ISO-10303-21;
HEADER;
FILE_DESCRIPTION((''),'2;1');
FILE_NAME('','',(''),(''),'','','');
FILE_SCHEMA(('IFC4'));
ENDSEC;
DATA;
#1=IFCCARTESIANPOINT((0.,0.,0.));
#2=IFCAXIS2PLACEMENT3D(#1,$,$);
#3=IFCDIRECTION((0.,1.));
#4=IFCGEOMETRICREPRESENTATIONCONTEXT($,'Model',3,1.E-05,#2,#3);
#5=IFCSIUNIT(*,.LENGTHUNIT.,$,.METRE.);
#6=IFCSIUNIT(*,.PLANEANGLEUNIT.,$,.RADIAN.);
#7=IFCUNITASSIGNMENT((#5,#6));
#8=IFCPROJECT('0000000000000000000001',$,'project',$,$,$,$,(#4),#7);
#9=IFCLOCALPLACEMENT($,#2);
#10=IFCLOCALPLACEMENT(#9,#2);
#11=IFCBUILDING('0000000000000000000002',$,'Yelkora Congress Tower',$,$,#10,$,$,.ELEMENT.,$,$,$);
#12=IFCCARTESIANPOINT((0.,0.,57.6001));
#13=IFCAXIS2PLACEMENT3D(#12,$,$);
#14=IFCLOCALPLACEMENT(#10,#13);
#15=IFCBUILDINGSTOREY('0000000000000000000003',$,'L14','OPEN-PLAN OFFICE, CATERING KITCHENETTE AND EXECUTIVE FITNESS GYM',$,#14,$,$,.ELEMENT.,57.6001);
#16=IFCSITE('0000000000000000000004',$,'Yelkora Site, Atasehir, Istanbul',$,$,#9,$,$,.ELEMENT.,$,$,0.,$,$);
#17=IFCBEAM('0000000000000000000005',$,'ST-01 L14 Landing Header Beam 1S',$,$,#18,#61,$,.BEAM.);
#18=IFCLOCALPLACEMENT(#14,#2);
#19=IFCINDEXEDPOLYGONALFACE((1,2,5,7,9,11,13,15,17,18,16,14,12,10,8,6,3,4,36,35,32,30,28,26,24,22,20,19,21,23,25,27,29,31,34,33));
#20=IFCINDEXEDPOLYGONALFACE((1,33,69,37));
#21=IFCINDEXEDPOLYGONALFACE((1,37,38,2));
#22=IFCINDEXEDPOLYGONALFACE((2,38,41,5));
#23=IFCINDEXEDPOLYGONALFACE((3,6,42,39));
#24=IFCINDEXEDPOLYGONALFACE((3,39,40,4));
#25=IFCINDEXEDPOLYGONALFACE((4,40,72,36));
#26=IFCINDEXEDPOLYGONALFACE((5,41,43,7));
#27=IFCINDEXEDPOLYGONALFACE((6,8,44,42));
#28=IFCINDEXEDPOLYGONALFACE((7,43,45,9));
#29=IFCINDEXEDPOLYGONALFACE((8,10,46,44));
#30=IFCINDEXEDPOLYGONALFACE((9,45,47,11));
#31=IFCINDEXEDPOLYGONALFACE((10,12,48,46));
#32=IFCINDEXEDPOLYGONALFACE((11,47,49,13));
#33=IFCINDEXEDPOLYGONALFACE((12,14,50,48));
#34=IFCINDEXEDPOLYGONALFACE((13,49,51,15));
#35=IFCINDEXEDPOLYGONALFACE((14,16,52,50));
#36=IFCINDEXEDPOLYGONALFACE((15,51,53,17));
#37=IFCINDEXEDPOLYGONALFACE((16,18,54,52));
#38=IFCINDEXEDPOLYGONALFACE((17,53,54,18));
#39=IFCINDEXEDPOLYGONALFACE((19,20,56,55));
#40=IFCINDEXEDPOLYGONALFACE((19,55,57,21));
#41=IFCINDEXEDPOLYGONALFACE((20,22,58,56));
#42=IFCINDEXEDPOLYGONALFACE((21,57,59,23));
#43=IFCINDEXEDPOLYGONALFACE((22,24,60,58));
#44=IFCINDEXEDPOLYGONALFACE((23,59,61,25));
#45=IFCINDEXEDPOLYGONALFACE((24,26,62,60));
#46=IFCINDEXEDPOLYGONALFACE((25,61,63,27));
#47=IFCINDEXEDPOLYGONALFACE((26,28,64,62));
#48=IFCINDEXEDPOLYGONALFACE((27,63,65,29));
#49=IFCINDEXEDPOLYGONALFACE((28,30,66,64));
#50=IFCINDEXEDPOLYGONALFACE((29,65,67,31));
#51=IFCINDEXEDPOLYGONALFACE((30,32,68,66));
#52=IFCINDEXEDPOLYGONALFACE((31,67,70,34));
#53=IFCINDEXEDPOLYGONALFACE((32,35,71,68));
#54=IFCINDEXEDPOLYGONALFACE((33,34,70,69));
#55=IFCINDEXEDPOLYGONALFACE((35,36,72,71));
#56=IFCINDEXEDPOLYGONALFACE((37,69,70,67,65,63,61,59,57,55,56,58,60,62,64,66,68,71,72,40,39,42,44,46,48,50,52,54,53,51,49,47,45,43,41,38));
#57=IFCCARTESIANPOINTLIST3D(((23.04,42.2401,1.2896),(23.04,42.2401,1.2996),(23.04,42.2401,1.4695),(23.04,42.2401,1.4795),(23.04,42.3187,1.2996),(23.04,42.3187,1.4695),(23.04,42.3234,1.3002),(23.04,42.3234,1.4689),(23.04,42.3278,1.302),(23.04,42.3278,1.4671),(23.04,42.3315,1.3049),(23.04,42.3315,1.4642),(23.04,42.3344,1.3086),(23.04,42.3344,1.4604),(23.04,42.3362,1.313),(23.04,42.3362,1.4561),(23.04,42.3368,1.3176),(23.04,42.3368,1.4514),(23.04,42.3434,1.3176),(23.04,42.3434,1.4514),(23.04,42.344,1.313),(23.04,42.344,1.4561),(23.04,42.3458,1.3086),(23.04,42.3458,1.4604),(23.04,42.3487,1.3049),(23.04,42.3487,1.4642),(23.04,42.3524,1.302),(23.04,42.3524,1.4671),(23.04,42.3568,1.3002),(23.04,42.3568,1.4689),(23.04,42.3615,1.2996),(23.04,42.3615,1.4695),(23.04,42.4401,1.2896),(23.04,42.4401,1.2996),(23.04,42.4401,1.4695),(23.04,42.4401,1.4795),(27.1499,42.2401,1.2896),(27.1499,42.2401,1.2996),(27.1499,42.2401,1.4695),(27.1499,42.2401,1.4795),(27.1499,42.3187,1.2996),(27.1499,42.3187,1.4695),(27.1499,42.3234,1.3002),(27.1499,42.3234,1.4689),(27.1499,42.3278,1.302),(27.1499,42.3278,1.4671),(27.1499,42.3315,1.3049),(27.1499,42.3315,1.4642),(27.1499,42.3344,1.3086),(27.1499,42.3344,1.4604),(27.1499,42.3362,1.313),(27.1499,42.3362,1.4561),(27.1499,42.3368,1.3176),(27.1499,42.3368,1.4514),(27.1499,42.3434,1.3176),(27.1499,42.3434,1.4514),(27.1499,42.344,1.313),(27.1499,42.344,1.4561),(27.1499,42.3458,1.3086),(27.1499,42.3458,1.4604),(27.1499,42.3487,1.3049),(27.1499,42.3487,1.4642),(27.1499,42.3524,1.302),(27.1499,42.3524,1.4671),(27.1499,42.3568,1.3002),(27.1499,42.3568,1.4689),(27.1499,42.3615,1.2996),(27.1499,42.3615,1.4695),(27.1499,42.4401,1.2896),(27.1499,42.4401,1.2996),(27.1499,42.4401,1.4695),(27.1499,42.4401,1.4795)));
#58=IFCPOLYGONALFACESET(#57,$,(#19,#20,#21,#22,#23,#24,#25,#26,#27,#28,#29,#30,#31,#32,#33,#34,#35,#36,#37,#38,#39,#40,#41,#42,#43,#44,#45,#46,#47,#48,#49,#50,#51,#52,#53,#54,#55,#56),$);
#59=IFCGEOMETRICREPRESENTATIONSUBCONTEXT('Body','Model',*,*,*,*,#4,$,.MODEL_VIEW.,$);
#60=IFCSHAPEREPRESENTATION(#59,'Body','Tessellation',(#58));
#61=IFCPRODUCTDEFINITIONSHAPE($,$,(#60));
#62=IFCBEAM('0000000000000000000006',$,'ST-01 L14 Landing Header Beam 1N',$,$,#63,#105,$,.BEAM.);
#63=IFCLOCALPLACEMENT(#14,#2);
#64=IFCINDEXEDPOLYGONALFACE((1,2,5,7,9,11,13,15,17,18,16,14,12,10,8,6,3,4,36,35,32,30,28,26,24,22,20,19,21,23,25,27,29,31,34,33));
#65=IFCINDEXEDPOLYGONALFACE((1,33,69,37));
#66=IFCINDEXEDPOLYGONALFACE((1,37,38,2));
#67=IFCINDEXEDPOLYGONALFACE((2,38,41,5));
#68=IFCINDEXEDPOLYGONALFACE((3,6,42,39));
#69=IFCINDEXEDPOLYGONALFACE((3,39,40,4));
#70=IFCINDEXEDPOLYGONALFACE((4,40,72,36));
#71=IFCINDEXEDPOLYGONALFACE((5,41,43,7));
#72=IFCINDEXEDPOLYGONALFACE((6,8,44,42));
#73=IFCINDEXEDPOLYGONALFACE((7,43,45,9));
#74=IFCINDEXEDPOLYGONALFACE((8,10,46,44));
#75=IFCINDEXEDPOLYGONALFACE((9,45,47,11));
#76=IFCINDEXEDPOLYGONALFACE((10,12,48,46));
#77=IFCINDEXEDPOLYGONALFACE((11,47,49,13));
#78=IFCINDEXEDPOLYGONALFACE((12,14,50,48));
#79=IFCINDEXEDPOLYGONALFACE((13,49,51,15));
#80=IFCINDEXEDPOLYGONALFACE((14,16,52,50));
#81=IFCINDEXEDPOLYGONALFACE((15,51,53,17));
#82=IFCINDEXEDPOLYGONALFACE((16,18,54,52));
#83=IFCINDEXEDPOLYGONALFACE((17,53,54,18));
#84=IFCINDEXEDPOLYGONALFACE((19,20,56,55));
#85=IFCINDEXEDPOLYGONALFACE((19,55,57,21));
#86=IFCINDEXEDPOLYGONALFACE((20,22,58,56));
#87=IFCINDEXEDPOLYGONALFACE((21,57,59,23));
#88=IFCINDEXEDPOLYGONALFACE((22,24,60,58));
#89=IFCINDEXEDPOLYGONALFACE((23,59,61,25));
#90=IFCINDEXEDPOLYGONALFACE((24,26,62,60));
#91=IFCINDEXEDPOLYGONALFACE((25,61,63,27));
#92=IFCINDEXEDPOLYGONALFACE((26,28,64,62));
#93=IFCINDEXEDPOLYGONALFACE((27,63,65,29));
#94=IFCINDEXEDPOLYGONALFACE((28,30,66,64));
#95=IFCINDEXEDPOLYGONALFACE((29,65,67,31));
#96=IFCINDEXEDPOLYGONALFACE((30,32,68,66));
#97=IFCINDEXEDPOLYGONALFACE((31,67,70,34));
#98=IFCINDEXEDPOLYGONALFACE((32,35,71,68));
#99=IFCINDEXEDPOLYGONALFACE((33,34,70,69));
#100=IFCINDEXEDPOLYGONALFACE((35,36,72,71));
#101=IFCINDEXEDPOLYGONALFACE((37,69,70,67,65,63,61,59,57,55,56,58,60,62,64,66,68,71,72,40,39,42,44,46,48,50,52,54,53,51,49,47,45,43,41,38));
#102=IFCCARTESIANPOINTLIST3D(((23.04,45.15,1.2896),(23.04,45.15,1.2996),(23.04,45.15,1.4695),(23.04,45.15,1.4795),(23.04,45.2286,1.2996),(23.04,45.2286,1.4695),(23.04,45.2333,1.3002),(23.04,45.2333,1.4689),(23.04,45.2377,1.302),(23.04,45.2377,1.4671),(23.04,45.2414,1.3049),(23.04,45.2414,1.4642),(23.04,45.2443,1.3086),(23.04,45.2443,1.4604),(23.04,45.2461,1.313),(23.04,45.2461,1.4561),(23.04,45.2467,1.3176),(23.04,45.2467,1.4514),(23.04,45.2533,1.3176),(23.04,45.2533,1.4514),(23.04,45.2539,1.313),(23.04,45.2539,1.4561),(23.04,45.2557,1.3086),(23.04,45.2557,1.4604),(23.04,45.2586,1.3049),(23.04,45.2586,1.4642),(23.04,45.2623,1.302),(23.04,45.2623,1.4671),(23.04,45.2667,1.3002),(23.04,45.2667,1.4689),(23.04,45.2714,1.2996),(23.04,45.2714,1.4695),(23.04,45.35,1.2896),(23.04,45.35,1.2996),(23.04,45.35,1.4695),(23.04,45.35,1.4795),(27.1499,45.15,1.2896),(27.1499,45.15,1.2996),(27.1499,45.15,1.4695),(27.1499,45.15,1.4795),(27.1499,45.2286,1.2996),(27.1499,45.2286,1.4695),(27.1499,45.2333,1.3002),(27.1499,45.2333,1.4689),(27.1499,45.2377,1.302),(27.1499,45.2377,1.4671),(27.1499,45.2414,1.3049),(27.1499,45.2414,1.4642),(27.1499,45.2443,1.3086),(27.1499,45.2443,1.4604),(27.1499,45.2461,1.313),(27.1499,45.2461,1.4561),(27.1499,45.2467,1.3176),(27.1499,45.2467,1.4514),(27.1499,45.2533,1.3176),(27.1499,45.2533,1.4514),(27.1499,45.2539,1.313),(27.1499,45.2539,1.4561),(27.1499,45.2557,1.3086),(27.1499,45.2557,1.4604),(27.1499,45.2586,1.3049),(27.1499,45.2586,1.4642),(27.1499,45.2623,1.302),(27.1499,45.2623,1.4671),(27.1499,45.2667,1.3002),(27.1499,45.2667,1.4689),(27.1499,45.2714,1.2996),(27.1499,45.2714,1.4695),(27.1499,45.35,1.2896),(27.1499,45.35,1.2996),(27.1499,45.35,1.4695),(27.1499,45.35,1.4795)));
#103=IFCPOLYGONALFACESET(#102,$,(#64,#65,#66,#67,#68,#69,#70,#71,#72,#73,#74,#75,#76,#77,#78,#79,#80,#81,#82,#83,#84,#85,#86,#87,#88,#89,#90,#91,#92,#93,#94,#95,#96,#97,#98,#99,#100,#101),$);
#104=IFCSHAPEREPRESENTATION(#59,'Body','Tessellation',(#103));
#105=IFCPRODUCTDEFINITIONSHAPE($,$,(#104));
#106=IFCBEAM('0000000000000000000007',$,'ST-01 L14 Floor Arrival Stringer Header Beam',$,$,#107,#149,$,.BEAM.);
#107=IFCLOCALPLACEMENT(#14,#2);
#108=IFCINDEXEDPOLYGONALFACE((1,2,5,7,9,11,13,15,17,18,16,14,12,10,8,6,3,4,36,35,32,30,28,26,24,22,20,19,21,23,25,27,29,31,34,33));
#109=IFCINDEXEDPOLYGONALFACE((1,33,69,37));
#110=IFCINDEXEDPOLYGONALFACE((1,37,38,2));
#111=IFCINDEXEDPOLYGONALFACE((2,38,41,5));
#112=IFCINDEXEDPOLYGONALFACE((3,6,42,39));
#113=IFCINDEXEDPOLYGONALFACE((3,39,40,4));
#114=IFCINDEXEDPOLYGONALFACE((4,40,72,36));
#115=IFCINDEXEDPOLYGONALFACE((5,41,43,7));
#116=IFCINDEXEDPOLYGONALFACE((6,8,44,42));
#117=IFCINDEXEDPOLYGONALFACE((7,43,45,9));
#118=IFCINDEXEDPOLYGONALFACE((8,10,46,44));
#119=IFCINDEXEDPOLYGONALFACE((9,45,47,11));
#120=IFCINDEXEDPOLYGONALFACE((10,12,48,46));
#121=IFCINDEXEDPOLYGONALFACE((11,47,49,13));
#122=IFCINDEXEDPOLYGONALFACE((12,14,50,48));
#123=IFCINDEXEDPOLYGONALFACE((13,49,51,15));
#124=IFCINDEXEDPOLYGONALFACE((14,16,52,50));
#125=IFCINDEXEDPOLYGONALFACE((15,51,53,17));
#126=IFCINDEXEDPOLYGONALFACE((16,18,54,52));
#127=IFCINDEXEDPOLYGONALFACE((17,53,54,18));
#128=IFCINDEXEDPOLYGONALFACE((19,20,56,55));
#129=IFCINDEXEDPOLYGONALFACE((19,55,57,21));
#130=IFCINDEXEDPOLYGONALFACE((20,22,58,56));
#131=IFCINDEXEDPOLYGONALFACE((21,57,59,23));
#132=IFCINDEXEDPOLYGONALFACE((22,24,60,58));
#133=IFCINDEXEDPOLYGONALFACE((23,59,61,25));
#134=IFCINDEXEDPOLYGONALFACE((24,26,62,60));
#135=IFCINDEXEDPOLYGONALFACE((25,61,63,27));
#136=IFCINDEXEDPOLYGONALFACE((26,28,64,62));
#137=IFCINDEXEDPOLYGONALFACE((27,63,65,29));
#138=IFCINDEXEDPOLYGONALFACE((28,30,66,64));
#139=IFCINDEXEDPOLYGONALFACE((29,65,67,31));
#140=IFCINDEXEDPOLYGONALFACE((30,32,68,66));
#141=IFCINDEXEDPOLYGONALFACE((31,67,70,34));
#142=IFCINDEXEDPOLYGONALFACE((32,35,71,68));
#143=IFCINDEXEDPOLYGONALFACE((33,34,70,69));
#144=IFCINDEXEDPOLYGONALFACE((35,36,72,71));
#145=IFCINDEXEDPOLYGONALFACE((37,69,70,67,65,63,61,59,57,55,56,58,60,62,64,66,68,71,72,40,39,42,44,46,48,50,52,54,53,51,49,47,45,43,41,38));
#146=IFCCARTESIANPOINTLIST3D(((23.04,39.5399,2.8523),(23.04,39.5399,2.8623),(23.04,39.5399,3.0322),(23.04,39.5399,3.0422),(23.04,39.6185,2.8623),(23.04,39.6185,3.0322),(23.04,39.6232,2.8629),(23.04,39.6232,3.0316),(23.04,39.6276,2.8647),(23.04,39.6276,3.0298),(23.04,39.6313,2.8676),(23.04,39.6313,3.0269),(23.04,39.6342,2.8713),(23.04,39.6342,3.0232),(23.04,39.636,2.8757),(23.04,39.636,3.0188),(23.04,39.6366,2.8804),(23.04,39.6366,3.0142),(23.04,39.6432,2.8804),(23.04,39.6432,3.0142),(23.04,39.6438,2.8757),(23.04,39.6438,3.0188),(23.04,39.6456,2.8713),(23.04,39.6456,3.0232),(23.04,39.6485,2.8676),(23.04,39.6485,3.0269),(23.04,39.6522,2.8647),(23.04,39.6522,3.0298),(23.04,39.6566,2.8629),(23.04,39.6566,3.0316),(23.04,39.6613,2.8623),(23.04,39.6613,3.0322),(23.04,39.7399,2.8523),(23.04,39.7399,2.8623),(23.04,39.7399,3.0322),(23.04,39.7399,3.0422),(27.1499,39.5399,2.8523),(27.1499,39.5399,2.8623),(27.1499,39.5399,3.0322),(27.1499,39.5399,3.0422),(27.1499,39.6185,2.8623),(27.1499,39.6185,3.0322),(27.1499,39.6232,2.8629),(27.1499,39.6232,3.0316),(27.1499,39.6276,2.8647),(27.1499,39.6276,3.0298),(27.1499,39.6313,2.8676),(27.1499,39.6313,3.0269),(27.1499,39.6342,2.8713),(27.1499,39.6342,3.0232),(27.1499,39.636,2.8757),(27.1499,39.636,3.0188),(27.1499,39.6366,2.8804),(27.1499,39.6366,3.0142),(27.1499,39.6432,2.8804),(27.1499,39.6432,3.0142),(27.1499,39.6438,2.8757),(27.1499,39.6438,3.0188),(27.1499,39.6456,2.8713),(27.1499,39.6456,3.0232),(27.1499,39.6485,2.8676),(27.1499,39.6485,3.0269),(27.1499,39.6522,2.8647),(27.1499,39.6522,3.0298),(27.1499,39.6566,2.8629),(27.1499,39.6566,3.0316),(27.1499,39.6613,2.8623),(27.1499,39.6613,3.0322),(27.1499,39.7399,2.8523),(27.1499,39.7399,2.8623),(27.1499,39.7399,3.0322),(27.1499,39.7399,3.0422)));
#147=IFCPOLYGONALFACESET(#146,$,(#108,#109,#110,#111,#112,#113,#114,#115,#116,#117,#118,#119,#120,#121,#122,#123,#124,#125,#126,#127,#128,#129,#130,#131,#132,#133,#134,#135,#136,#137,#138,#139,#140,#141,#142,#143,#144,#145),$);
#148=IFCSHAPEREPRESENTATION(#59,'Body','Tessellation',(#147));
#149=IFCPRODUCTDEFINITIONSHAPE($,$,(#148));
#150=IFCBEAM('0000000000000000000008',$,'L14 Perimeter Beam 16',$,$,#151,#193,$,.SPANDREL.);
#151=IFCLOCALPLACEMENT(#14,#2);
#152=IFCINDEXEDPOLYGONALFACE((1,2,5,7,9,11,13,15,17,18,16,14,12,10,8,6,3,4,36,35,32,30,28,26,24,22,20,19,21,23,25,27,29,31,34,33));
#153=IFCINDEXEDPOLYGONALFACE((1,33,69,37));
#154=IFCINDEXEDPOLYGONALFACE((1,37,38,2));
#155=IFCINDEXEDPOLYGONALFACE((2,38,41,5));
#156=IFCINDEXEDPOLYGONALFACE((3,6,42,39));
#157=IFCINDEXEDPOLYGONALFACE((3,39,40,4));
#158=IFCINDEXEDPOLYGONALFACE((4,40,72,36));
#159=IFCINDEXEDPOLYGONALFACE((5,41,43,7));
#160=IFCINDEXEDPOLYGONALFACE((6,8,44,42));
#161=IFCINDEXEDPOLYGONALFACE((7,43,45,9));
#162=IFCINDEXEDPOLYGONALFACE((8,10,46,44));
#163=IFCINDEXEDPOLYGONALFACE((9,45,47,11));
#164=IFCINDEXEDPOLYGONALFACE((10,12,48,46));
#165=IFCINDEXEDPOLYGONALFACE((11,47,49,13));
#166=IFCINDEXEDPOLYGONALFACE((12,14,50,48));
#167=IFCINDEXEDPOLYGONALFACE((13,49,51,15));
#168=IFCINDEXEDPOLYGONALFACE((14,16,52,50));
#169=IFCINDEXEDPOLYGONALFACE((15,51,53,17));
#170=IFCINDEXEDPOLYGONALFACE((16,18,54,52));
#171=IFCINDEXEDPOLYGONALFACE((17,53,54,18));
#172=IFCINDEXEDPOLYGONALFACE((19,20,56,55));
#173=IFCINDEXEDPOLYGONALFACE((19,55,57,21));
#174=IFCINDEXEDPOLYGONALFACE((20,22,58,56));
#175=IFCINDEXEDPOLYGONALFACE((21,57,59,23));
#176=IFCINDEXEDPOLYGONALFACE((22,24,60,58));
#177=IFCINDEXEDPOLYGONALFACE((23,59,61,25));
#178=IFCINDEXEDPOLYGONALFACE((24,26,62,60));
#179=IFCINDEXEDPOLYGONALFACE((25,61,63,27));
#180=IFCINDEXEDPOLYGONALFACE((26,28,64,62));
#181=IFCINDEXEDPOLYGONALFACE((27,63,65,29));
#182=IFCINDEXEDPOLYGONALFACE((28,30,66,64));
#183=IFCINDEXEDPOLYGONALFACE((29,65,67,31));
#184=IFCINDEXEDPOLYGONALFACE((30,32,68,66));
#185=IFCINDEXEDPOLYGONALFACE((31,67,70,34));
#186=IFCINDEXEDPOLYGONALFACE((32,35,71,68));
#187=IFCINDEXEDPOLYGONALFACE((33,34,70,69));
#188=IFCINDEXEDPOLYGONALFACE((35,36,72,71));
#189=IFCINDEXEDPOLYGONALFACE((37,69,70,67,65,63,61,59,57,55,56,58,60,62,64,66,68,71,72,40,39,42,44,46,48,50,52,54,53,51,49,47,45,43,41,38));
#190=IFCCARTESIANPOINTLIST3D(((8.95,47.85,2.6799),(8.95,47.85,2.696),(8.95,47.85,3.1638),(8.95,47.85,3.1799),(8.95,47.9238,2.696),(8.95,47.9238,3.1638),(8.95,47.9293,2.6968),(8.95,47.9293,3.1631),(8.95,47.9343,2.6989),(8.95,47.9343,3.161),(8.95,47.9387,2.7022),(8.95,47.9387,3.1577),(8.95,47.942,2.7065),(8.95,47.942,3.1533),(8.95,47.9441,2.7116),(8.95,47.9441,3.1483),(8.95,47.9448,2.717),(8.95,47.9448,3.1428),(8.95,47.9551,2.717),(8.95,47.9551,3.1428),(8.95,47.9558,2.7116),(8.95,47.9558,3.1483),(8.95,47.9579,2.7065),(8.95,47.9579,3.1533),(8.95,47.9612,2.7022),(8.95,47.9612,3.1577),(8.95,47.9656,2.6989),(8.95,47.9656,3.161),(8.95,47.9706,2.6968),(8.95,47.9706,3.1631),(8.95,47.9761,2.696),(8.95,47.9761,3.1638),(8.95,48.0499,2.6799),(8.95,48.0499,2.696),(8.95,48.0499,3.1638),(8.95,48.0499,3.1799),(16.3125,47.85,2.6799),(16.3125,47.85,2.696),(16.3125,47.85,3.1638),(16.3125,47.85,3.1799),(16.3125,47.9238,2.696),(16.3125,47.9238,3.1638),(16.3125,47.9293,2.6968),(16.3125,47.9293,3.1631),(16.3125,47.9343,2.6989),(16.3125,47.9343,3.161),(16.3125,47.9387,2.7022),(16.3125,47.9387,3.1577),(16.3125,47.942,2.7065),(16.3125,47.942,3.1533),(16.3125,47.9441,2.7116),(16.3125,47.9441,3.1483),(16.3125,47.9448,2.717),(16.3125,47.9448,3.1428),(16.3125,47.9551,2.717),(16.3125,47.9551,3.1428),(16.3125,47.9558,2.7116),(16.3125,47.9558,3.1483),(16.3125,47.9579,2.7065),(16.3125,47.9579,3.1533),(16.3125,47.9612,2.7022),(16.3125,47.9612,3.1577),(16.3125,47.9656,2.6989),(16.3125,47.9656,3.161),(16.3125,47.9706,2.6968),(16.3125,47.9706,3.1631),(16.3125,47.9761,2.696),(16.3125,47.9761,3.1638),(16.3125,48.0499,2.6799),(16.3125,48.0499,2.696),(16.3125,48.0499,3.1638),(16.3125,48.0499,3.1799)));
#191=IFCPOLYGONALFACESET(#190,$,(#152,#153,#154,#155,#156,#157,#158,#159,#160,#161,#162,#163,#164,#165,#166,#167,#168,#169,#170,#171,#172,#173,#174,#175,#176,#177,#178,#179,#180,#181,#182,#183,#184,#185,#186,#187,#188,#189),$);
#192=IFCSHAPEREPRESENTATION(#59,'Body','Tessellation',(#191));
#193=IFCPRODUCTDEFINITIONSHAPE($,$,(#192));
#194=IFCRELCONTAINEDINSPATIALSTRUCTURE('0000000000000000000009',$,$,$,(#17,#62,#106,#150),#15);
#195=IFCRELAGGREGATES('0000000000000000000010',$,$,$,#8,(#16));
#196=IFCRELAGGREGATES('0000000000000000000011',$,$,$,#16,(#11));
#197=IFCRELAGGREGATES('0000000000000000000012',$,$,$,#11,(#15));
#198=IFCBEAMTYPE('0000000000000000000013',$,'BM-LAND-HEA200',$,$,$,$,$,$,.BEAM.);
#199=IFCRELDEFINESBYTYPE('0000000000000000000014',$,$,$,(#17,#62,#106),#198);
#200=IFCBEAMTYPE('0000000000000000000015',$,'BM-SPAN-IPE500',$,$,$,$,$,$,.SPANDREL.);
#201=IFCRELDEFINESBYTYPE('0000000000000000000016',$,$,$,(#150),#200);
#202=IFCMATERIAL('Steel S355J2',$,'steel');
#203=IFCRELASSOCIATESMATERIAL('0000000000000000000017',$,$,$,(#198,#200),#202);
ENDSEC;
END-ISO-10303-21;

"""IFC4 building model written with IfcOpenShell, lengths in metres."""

from ifc_helpers import new_model, si_unit, direction, frame, origin, origin_2d, place, context, subcontext, project, spatial, i_section, extrude, material, material_profile, profile_set, type_object, element, save


model = new_model("IFC4")

# Units and contexts
model_context = context("Model", 3, precision=1e-05, world=origin(), true_north=direction((0.0, 1.0)))
body_context = subcontext(model_context, "Body", "Model", "MODEL_VIEW")
ifc_project = project(units=[si_unit("LENGTHUNIT", "METRE"), si_unit("PLANEANGLEUNIT", "RADIAN")], contexts=[model_context])

# Site, building, storey
site_placement = place(None, origin())
site = spatial("IfcSite", under=ifc_project, at=site_placement, Name="Yelkora Site, Atasehir, Istanbul", CompositionType="ELEMENT", RefElevation=0.0)
building_placement = place(site_placement, origin())
building = spatial("IfcBuilding", under=site, at=building_placement, Name="Yelkora Congress Tower", CompositionType="ELEMENT")
storey_placement = place(building_placement, frame((0.0, 0.0, 57.6001)))
storey = spatial("IfcBuildingStorey", under=building, at=storey_placement, Name="L14", Description="OPEN-PLAN OFFICE, CATERING KITCHENETTE AND EXECUTIVE FITNESS GYM", CompositionType="ELEMENT", Elevation=57.6001)

# Beams
ifc_material_1 = material(Name="Steel S355J2", Category="steel")
ifc_material_profile_1 = material_profile(ifc_material_1, i_section(OverallWidth=0.2, OverallDepth=0.1899, WebThickness=0.0066, FlangeThickness=0.01, FilletRadius=0.0181, at=origin_2d()), Name="HEA 200")
ifc_profile_set_1 = profile_set([ifc_material_profile_1], Name="Steel S355J2")
beam_type_1 = type_object("IfcBeamType", Name="BM-LAND-HEA200", PredefinedType="BEAM", material=ifc_profile_set_1)
for number, where, z_axis, x_axis, name in (
    (1, (23.04, 42.3401, 1.3845), (1.0, 0.0, 0.0), (0.0, 1.0, 0.0), "ST-01 L14 Landing Header Beam 1S"),
    (2, (23.04, 45.25, 1.3845), (1.0, 0.0, 0.0), (0.0, 1.0, 0.0), "ST-01 L14 Landing Header Beam 1N"),
    (3, (23.04, 39.6399, 2.9473), (1.0, 0.0, 0.0), (0.0, 1.0, 0.0), "ST-01 L14 Floor Arrival Stringer Header Beam"),
):
    element("IfcBeam", number, at=place(storey_placement, frame(where, z_axis=z_axis, x_axis=x_axis)), inside=storey, type_object=beam_type_1, Name=name, PredefinedType="BEAM", context=body_context, shape_type="SweptSolid", body=[
        extrude(i_section(OverallWidth=0.2, OverallDepth=0.1899, WebThickness=0.0066, FlangeThickness=0.01, FilletRadius=0.0181, at=origin_2d()), origin(), (0.0, 0.0, 1.0), 4.1099),
    ])
ifc_material_profile_2 = material_profile(ifc_material_1, i_section(OverallWidth=0.2, OverallDepth=0.5, WebThickness=0.0103, FlangeThickness=0.0161, FilletRadius=0.021, at=origin_2d()), Name="IPE 500")
ifc_profile_set_2 = profile_set([ifc_material_profile_2], Name="Steel S355J2")
beam_type_2 = type_object("IfcBeamType", Name="BM-SPAN-IPE500", PredefinedType="SPANDREL", material=ifc_profile_set_2)
beam_1_placement = place(storey_placement, frame((16.3125, 47.95, 2.9299), z_axis=(-1.0, 0.0, 0.0), x_axis=(0.0, -1.0, 0.0)))
element("IfcBeam", 4, at=beam_1_placement, inside=storey, type_object=beam_type_2, Name="L14 Perimeter Beam 16", PredefinedType="SPANDREL", context=body_context, shape_type="SweptSolid", body=[
    extrude(i_section(OverallWidth=0.2, OverallDepth=0.5, WebThickness=0.0103, FlangeThickness=0.0161, FilletRadius=0.021, at=origin_2d()), origin(), (0.0, 0.0, 1.0), 7.3625),
])

save(model, "model.ifc")
